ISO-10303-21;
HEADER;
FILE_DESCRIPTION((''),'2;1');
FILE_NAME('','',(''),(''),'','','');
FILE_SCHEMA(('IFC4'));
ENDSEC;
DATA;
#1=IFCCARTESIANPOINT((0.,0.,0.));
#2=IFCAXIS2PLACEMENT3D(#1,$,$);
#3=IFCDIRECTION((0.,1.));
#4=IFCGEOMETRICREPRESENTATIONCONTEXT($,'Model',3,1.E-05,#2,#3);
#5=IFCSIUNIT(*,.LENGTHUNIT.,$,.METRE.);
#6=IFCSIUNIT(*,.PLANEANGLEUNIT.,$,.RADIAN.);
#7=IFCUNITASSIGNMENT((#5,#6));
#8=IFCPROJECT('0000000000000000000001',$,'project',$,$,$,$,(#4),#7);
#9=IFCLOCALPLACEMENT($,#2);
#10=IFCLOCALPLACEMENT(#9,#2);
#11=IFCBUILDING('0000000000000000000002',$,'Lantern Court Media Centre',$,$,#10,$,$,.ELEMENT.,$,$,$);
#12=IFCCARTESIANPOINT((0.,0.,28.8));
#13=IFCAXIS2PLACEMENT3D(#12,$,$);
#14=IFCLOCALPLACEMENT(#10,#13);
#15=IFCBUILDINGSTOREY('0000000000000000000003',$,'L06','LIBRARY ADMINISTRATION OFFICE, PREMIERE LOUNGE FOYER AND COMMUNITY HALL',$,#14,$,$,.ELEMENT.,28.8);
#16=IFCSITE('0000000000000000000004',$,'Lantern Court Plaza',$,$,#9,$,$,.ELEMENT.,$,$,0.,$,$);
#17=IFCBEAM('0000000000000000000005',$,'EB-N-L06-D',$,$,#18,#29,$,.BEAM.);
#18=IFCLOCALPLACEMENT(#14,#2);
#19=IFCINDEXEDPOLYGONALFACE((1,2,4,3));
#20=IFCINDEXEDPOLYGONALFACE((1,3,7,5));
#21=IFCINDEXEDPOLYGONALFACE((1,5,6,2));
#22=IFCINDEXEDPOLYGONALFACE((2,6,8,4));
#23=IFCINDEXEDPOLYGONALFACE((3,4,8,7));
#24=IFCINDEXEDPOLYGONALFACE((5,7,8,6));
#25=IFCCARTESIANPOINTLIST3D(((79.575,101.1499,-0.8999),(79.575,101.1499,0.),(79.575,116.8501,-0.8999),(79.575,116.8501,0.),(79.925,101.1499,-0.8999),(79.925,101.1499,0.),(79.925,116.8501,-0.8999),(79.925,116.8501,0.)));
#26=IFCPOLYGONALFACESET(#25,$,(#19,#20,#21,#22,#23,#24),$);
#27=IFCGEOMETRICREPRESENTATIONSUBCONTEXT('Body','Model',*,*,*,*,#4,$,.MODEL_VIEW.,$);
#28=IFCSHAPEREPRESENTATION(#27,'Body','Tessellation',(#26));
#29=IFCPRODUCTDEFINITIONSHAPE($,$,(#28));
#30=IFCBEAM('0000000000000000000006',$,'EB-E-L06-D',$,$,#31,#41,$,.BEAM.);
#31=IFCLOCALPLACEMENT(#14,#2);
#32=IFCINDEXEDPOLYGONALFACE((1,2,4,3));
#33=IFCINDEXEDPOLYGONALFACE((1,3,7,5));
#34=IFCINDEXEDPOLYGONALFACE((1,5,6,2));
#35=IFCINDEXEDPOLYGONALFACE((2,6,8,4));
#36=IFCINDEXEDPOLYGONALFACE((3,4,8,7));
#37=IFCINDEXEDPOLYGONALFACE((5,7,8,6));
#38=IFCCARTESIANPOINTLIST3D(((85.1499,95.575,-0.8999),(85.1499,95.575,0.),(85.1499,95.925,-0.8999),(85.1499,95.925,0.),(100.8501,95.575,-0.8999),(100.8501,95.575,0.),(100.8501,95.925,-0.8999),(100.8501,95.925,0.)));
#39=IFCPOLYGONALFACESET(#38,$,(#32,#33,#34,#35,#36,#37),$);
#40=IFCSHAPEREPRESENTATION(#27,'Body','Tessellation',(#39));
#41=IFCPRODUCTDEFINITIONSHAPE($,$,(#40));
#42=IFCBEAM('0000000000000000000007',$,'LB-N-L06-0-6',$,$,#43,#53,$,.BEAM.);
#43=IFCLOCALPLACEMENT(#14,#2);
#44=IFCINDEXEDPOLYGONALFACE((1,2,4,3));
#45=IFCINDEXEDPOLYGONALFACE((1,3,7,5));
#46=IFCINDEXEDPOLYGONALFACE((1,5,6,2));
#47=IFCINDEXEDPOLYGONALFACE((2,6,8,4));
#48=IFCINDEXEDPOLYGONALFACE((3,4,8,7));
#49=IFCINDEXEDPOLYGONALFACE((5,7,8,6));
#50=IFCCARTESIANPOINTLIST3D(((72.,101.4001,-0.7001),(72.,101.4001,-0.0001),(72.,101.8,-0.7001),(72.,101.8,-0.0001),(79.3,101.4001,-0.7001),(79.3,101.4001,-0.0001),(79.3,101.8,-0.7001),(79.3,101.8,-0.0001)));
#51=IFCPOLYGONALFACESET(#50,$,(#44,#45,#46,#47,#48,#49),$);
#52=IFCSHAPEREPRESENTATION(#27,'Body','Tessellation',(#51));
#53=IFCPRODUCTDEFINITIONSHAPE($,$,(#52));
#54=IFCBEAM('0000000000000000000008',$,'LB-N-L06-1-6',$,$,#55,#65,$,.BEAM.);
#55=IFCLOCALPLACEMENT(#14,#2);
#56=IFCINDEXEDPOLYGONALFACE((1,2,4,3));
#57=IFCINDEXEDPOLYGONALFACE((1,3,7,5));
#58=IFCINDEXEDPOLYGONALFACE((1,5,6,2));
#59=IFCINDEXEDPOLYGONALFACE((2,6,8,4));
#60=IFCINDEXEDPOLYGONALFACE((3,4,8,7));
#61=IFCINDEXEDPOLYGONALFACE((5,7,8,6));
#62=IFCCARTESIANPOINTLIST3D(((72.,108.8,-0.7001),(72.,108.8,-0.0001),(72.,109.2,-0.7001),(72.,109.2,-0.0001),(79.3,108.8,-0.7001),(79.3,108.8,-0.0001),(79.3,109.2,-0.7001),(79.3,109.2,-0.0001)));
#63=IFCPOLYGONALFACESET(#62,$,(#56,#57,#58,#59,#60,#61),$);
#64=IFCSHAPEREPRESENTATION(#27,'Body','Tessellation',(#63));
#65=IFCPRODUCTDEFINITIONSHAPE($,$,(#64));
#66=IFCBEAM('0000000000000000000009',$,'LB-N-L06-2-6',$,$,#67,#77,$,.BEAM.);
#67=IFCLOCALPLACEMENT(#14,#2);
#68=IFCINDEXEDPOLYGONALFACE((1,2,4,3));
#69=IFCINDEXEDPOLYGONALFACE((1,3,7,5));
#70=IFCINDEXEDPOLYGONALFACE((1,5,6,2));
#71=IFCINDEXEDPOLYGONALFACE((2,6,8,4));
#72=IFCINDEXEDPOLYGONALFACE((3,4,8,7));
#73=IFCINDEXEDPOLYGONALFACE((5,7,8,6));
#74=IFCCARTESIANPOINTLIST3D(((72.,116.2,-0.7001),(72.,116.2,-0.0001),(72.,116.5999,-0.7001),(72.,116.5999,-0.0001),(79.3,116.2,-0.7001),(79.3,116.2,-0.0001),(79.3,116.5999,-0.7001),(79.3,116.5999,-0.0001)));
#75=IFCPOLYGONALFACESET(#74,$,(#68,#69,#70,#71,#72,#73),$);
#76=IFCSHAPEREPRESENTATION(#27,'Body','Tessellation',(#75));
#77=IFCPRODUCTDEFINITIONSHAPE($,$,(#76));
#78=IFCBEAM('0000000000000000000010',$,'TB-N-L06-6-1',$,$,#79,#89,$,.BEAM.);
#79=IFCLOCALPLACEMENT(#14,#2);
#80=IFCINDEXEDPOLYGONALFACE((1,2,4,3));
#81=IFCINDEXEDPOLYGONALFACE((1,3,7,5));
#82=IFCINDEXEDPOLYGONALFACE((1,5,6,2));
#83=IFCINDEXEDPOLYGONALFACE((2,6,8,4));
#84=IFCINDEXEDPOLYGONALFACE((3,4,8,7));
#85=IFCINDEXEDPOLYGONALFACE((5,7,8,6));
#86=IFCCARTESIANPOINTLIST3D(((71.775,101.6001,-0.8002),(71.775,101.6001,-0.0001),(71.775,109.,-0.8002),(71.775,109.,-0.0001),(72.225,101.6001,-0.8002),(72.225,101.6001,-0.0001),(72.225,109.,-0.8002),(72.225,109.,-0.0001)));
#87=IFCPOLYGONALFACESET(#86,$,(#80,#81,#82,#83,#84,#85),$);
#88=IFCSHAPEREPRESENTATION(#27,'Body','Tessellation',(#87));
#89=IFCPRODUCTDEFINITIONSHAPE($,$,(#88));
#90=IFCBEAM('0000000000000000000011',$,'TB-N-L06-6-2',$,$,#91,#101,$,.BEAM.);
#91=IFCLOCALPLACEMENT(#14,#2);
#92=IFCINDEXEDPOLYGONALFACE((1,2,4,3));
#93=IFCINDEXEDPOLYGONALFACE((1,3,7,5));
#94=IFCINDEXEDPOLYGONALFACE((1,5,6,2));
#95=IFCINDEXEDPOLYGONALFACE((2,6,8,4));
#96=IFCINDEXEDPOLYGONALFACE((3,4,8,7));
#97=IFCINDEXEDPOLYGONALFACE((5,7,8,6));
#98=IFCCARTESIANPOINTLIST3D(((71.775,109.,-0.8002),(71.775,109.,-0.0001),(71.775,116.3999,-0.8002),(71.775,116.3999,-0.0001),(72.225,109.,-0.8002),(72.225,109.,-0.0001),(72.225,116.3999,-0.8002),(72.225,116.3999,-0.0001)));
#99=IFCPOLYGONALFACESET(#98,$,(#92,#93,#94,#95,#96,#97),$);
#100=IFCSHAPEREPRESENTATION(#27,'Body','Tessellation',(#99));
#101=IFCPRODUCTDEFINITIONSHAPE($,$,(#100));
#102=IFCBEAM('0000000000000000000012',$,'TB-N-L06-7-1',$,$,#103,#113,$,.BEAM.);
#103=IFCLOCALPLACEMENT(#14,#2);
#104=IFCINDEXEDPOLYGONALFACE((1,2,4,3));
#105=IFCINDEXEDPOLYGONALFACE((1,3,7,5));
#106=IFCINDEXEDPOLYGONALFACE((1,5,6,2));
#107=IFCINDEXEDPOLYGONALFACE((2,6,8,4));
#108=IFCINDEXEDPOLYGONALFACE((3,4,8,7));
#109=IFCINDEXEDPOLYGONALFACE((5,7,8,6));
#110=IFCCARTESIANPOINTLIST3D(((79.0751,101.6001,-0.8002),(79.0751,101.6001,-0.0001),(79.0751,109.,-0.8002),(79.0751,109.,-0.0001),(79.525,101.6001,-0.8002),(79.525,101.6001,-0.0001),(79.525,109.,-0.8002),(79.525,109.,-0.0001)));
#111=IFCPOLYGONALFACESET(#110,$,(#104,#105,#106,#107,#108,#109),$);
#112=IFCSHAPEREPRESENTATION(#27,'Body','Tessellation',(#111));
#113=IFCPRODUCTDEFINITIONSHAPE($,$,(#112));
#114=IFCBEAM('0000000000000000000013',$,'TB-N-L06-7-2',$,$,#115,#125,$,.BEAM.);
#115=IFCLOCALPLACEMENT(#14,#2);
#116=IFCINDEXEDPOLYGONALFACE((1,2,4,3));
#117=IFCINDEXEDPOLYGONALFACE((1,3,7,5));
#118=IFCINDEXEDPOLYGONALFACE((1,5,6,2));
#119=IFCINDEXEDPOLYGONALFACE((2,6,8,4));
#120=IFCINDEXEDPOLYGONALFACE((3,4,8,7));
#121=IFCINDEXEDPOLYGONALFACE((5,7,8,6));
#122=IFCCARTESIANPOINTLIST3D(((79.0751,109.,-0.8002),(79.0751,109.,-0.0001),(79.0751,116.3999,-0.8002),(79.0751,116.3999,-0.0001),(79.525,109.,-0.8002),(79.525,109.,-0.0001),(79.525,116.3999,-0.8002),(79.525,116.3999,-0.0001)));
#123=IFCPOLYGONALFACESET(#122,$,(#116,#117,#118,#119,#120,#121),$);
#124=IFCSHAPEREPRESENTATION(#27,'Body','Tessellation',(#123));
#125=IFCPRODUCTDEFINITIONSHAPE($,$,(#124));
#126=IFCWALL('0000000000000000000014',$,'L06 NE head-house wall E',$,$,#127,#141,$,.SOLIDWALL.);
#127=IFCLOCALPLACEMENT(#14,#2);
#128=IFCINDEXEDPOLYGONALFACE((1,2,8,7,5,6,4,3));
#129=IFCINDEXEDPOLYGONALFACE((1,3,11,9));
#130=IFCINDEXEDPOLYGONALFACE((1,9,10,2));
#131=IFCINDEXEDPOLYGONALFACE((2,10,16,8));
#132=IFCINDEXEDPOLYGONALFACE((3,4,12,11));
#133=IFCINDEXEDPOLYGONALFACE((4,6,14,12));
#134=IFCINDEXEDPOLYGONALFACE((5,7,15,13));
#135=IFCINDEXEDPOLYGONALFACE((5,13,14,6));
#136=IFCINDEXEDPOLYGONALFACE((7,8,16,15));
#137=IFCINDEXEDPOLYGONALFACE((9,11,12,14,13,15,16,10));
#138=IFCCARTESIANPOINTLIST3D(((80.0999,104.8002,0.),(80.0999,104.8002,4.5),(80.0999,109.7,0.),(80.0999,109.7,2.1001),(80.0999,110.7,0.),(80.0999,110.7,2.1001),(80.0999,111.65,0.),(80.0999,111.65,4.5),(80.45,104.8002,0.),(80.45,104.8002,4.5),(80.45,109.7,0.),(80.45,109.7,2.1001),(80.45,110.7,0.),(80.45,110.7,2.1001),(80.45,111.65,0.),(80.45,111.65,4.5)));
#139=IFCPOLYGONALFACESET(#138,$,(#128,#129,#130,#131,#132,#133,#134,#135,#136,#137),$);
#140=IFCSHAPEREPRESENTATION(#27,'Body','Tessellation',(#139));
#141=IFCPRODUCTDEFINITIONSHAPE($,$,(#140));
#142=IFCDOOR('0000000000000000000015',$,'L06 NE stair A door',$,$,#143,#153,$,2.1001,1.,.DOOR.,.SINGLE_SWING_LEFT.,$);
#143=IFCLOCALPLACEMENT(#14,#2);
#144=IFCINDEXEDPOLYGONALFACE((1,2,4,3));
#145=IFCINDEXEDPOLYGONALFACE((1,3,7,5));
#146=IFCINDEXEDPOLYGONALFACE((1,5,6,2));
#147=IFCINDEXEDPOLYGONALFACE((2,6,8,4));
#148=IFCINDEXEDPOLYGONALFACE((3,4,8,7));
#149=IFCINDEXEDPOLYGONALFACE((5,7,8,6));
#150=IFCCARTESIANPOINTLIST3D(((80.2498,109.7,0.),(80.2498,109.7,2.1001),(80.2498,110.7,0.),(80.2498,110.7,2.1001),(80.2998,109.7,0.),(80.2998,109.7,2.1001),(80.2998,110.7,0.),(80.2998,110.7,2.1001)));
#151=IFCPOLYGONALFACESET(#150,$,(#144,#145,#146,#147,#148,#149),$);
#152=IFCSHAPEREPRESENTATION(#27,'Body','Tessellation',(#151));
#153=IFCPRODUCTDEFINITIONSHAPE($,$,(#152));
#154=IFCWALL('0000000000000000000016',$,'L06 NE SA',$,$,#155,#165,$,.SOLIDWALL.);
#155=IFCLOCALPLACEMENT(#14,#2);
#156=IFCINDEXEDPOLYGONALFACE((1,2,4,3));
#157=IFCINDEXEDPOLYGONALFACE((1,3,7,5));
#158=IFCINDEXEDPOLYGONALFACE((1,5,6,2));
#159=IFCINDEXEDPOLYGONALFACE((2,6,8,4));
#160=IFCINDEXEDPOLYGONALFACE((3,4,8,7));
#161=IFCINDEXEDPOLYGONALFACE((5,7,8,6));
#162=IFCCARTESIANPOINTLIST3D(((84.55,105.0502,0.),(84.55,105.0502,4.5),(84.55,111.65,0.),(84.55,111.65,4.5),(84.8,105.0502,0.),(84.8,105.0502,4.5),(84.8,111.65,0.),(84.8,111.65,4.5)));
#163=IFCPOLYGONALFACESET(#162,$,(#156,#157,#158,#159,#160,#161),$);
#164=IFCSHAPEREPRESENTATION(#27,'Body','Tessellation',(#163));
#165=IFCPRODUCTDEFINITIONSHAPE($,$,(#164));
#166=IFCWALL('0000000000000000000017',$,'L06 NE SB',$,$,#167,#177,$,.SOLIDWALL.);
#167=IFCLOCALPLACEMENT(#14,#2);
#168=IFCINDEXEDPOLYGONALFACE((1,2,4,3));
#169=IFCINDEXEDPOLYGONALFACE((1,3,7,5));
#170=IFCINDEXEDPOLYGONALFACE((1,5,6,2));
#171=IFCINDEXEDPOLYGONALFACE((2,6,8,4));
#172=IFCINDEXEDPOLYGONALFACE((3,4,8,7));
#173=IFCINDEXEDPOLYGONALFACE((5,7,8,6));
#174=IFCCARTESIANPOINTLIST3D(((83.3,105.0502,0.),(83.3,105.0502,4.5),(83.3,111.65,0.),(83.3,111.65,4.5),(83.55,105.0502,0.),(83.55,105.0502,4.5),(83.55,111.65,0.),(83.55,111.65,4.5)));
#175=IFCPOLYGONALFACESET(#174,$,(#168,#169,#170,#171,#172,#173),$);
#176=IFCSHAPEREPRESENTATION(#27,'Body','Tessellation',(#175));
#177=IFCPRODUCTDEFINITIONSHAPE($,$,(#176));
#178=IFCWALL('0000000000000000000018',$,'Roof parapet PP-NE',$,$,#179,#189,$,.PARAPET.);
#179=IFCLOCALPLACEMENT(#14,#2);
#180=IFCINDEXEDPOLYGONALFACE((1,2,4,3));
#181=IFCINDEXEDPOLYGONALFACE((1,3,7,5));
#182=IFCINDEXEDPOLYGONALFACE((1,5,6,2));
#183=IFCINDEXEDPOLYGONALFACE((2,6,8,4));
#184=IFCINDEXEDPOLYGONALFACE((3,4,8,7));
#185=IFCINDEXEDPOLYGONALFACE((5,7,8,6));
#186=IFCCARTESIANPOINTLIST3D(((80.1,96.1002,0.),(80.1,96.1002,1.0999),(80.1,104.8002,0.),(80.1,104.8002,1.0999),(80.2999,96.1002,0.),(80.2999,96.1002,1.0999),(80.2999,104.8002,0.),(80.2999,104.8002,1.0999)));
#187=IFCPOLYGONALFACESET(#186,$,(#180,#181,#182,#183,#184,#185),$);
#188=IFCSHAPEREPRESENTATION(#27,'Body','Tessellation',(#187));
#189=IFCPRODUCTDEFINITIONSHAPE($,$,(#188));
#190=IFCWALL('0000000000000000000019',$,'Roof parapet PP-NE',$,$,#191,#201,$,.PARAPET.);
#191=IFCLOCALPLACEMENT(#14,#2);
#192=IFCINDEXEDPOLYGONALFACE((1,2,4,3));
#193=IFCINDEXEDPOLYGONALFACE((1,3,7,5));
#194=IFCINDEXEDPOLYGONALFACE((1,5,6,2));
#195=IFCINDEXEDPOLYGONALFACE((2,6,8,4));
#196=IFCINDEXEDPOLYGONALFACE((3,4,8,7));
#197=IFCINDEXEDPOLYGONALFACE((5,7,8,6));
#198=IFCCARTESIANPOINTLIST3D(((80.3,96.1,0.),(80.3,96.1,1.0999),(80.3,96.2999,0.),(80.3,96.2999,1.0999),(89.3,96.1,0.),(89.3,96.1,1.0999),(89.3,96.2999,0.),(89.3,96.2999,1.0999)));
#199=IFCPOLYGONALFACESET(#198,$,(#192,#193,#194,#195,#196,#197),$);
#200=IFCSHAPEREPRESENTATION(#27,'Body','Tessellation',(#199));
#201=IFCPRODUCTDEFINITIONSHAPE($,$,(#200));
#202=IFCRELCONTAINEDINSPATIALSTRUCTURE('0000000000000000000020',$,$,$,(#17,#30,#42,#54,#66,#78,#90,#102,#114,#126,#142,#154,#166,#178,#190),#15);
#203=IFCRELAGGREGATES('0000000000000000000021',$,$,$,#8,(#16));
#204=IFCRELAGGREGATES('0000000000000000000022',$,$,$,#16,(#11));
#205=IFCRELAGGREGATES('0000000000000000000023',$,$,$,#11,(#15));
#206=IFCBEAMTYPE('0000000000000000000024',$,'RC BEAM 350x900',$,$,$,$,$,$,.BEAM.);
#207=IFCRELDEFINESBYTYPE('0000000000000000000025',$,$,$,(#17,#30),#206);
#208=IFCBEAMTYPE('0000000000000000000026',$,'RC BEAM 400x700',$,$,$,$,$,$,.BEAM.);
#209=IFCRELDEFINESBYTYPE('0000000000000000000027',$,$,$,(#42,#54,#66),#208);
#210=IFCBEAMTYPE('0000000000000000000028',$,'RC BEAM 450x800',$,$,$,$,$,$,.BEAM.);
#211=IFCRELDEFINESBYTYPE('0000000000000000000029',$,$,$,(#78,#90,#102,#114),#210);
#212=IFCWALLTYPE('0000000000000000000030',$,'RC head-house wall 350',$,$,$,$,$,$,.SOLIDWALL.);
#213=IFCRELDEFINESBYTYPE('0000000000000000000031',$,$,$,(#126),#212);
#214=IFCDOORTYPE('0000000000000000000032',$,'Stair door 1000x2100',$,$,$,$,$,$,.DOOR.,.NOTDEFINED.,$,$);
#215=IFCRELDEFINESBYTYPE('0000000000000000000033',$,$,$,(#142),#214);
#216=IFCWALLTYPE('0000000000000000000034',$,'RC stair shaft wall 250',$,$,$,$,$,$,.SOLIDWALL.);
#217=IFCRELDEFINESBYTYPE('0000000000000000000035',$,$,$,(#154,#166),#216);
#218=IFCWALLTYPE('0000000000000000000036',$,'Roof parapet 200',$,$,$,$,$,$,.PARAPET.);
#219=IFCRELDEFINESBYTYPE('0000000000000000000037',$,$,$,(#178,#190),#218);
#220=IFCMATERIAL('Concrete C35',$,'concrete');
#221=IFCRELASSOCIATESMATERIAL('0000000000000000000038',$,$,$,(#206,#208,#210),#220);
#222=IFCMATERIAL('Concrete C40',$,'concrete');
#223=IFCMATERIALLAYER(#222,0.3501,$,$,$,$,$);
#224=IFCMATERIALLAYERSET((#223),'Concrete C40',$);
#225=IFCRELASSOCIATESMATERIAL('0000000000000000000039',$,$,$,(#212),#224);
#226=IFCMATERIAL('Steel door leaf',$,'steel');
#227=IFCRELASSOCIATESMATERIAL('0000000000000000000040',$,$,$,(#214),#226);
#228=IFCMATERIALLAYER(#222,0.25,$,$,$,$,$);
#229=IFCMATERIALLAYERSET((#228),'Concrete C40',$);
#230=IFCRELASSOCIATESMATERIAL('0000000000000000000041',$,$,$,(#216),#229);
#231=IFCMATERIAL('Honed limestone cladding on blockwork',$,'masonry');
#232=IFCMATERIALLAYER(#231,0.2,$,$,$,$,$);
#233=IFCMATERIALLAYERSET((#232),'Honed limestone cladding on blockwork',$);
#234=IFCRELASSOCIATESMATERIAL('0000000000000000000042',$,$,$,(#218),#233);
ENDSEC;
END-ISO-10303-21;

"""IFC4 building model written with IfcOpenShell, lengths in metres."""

from ifc_helpers import new_model, si_unit, direction, frame, frame_2d, origin, origin_2d, place, context, subcontext, project, spatial, rectangle, extrude, material, layer, layer_set, material_profile, profile_set, type_object, element, fill, save


model = new_model("IFC4")

# Units and contexts
model_context = context("Model", 3, precision=1e-05, world=origin(), true_north=direction((0.0, 1.0)))
body_context = subcontext(model_context, "Body", "Model", "MODEL_VIEW")
ifc_project = project(units=[si_unit("LENGTHUNIT", "METRE"), si_unit("PLANEANGLEUNIT", "RADIAN")], contexts=[model_context])

# Site, building, storey
site_placement = place(None, origin())
site = spatial("IfcSite", under=ifc_project, at=site_placement, Name="Lantern Court Plaza", CompositionType="ELEMENT", RefElevation=0.0)
building_placement = place(site_placement, origin())
building = spatial("IfcBuilding", under=site, at=building_placement, Name="Lantern Court Media Centre", CompositionType="ELEMENT")
storey_placement = place(building_placement, frame((0.0, 0.0, 28.8)))
storey = spatial("IfcBuildingStorey", under=building, at=storey_placement, Name="L06", Description="LIBRARY ADMINISTRATION OFFICE, PREMIERE LOUNGE FOYER AND COMMUNITY HALL", CompositionType="ELEMENT", Elevation=28.8)

# Beams
ifc_material_1 = material(Name="Concrete C35", Category="concrete")
ifc_material_profile_1 = material_profile(ifc_material_1, rectangle(XDim=0.3501, YDim=0.8999, at=origin_2d()), Name="RC 350x900")
ifc_profile_set_1 = profile_set([ifc_material_profile_1], Name="Concrete C35")
beam_type_1 = type_object("IfcBeamType", Name="RC BEAM 350x900", PredefinedType="BEAM", material=ifc_profile_set_1)
for number, where, z_axis, x_axis, name in (
    (1, (79.75, 101.1499, -0.45), (0.0, 1.0, 0.0), (-1.0, 0.0, 0.0), "EB-N-L06-D"),
    (2, (85.1499, 95.75, -0.45), (1.0, 0.0, 0.0), (0.0, 1.0, 0.0), "EB-E-L06-D"),
):
    element("IfcBeam", number, at=place(storey_placement, frame(where, z_axis=z_axis, x_axis=x_axis)), inside=storey, type_object=beam_type_1, Name=name, PredefinedType="BEAM", context=body_context, shape_type="SweptSolid", body=[
        extrude(rectangle(XDim=0.3501, YDim=0.8999, at=origin_2d()), origin(), (0.0, 0.0, 1.0), 15.7002),
    ])
ifc_material_profile_2 = material_profile(ifc_material_1, rectangle(XDim=0.3999, YDim=0.7, at=origin_2d()), Name="RC 400x700")
ifc_profile_set_2 = profile_set([ifc_material_profile_2], Name="Concrete C35")
beam_type_2 = type_object("IfcBeamType", Name="RC BEAM 400x700", PredefinedType="BEAM", material=ifc_profile_set_2)
for number, where, z_axis, x_axis, name in (
    (3, (72.0, 101.6001, -0.3501), (1.0, 0.0, 0.0), (0.0, 1.0, 0.0), "LB-N-L06-0-6"),
    (4, (72.0, 109.0, -0.3501), (1.0, 0.0, 0.0), (0.0, 1.0, 0.0), "LB-N-L06-1-6"),
    (5, (72.0, 116.3999, -0.3501), (1.0, 0.0, 0.0), (0.0, 1.0, 0.0), "LB-N-L06-2-6"),
):
    element("IfcBeam", number, at=place(storey_placement, frame(where, z_axis=z_axis, x_axis=x_axis)), inside=storey, type_object=beam_type_2, Name=name, PredefinedType="BEAM", context=body_context, shape_type="SweptSolid", body=[
        extrude(rectangle(XDim=0.3999, YDim=0.7, at=origin_2d()), origin(), (0.0, 0.0, 1.0), 7.3),
    ])
ifc_material_profile_3 = material_profile(ifc_material_1, rectangle(XDim=0.45, YDim=0.8, at=origin_2d()), Name="RC 450x800")
ifc_profile_set_3 = profile_set([ifc_material_profile_3], Name="Concrete C35")
beam_type_3 = type_object("IfcBeamType", Name="RC BEAM 450x800", PredefinedType="BEAM", material=ifc_profile_set_3)
for number, where, z_axis, x_axis, name in (
    (6, (72.0, 101.6001, -0.4001), (0.0, 1.0, 0.0), (-1.0, 0.0, 0.0), "TB-N-L06-6-1"),
    (7, (72.0, 109.0, -0.4001), (0.0, 1.0, 0.0), (-1.0, 0.0, 0.0), "TB-N-L06-6-2"),
    (8, (79.3, 101.6001, -0.4001), (0.0, 1.0, 0.0), (-1.0, 0.0, 0.0), "TB-N-L06-7-1"),
    (9, (79.3, 109.0, -0.4001), (0.0, 1.0, 0.0), (-1.0, 0.0, 0.0), "TB-N-L06-7-2"),
):
    element("IfcBeam", number, at=place(storey_placement, frame(where, z_axis=z_axis, x_axis=x_axis)), inside=storey, type_object=beam_type_3, Name=name, PredefinedType="BEAM", context=body_context, shape_type="SweptSolid", body=[
        extrude(rectangle(XDim=0.45, YDim=0.8, at=origin_2d()), origin(), (0.0, 0.0, 1.0), 7.3999),
    ])

# Wall, opening, door
ifc_material_2 = material(Name="Concrete C40", Category="concrete")
ifc_layer_1 = layer(ifc_material_2, 0.3501)
ifc_layer_set_1 = layer_set([ifc_layer_1], Name="Concrete C40")
wall_type_1 = type_object("IfcWallType", Name="RC head-house wall 350", PredefinedType="SOLIDWALL", material=ifc_layer_set_1)
wall_1_placement = place(storey_placement, frame((80.2749, 111.6499, 0.0), z_axis=(0.0, 0.0, 1.0), x_axis=(0.0, -1.0, 0.0)))
wall_1 = element("IfcWall", 10, at=wall_1_placement, inside=storey, type_object=wall_type_1, Name="L06 NE head-house wall E", PredefinedType="SOLIDWALL", context=body_context, shape_type="SweptSolid", body=[
    extrude(rectangle(XDim=6.8499, YDim=0.3501, at=frame_2d((3.4248, 0.0))), origin(), (0.0, 0.0, 1.0), 4.5),
])
opening_placement = place(wall_1_placement, frame((0.95, 0.0, 0.0)))
opening = element("IfcOpeningElement", 11, at=opening_placement, cuts=wall_1, PredefinedType="OPENING", context=body_context, shape_type="SweptSolid", body=[
    extrude(rectangle(XDim=1.0, YDim=2.1001, at=frame_2d((0.5, 1.05))), frame((0.0, 0.1851, 0.0), z_axis=(0.0, -1.0, 0.0), x_axis=(1.0, 0.0, 0.0)), (0.0, 0.0, 1.0), 0.3701),
])
ifc_material_3 = material(Name="Steel door leaf", Category="steel")
door_type = type_object("IfcDoorType", Name="Stair door 1000x2100", OperationType="NOTDEFINED", PredefinedType="DOOR", material=ifc_material_3)
door_placement = place(opening_placement, origin())
door = element("IfcDoor", 12, at=door_placement, inside=storey, type_object=door_type, Name="L06 NE stair A door", OperationType="SINGLE_SWING_LEFT", OverallHeight=2.1001, OverallWidth=1.0, PredefinedType="DOOR", context=body_context, shape_type="SweptSolid", body=[
    extrude(rectangle(XDim=1.0, YDim=2.1001, at=frame_2d((0.5, 1.05))), frame((0.0, 0.0249, 0.0), z_axis=(0.0, -1.0, 0.0), x_axis=(1.0, 0.0, 0.0)), (0.0, 0.0, 1.0), 0.05),
])
fill(opening, door)

# Walls
ifc_layer_2 = layer(ifc_material_2, 0.25)
ifc_layer_set_2 = layer_set([ifc_layer_2], Name="Concrete C40")
wall_type_2 = type_object("IfcWallType", Name="RC stair shaft wall 250", PredefinedType="SOLIDWALL", material=ifc_layer_set_2)
for number, where, z_axis, x_axis, name in (
    (13, (84.675, 111.6499, 0.0), (0.0, 0.0, 1.0), (0.0, -1.0, 0.0), "L06 NE SA"),
    (14, (83.425, 111.6499, 0.0), (0.0, 0.0, 1.0), (0.0, -1.0, 0.0), "L06 NE SB"),
):
    element("IfcWall", number, at=place(storey_placement, frame(where, z_axis=z_axis, x_axis=x_axis)), inside=storey, type_object=wall_type_2, Name=name, PredefinedType="SOLIDWALL", context=body_context, shape_type="SweptSolid", body=[
        extrude(rectangle(XDim=6.5999, YDim=0.25, at=frame_2d((3.2998, 0.0))), origin(), (0.0, 0.0, 1.0), 4.5),
    ])
ifc_material_4 = material(Name="Honed limestone cladding on blockwork", Category="masonry")
ifc_layer_3 = layer(ifc_material_4, 0.2)
ifc_layer_set_3 = layer_set([ifc_layer_3], Name="Honed limestone cladding on blockwork")
wall_type_3 = type_object("IfcWallType", Name="Roof parapet 200", PredefinedType="PARAPET", material=ifc_layer_set_3)
wall_2_placement = place(storey_placement, frame((80.2, 96.1001, 0.0), z_axis=(0.0, 0.0, 1.0), x_axis=(0.0, 1.0, 0.0)))
element("IfcWall", 15, at=wall_2_placement, inside=storey, type_object=wall_type_3, Name="Roof parapet PP-NE", PredefinedType="PARAPET", context=body_context, shape_type="SweptSolid", body=[
    extrude(rectangle(XDim=8.7, YDim=0.2, at=frame_2d((4.3501, 0.0))), origin(), (0.0, 0.0, 1.0), 1.0999),
])
wall_3_placement = place(storey_placement, frame((80.3, 96.2, 0.0), z_axis=(0.0, 0.0, 1.0), x_axis=(1.0, 0.0, 0.0)))
element("IfcWall", 16, at=wall_3_placement, inside=storey, type_object=wall_type_3, Name="Roof parapet PP-NE", PredefinedType="PARAPET", context=body_context, shape_type="SweptSolid", body=[
    extrude(rectangle(XDim=9.0, YDim=0.2, at=frame_2d((4.5, 0.0))), origin(), (0.0, 0.0, 1.0), 1.0999),
])

save(model, "model.ifc")
